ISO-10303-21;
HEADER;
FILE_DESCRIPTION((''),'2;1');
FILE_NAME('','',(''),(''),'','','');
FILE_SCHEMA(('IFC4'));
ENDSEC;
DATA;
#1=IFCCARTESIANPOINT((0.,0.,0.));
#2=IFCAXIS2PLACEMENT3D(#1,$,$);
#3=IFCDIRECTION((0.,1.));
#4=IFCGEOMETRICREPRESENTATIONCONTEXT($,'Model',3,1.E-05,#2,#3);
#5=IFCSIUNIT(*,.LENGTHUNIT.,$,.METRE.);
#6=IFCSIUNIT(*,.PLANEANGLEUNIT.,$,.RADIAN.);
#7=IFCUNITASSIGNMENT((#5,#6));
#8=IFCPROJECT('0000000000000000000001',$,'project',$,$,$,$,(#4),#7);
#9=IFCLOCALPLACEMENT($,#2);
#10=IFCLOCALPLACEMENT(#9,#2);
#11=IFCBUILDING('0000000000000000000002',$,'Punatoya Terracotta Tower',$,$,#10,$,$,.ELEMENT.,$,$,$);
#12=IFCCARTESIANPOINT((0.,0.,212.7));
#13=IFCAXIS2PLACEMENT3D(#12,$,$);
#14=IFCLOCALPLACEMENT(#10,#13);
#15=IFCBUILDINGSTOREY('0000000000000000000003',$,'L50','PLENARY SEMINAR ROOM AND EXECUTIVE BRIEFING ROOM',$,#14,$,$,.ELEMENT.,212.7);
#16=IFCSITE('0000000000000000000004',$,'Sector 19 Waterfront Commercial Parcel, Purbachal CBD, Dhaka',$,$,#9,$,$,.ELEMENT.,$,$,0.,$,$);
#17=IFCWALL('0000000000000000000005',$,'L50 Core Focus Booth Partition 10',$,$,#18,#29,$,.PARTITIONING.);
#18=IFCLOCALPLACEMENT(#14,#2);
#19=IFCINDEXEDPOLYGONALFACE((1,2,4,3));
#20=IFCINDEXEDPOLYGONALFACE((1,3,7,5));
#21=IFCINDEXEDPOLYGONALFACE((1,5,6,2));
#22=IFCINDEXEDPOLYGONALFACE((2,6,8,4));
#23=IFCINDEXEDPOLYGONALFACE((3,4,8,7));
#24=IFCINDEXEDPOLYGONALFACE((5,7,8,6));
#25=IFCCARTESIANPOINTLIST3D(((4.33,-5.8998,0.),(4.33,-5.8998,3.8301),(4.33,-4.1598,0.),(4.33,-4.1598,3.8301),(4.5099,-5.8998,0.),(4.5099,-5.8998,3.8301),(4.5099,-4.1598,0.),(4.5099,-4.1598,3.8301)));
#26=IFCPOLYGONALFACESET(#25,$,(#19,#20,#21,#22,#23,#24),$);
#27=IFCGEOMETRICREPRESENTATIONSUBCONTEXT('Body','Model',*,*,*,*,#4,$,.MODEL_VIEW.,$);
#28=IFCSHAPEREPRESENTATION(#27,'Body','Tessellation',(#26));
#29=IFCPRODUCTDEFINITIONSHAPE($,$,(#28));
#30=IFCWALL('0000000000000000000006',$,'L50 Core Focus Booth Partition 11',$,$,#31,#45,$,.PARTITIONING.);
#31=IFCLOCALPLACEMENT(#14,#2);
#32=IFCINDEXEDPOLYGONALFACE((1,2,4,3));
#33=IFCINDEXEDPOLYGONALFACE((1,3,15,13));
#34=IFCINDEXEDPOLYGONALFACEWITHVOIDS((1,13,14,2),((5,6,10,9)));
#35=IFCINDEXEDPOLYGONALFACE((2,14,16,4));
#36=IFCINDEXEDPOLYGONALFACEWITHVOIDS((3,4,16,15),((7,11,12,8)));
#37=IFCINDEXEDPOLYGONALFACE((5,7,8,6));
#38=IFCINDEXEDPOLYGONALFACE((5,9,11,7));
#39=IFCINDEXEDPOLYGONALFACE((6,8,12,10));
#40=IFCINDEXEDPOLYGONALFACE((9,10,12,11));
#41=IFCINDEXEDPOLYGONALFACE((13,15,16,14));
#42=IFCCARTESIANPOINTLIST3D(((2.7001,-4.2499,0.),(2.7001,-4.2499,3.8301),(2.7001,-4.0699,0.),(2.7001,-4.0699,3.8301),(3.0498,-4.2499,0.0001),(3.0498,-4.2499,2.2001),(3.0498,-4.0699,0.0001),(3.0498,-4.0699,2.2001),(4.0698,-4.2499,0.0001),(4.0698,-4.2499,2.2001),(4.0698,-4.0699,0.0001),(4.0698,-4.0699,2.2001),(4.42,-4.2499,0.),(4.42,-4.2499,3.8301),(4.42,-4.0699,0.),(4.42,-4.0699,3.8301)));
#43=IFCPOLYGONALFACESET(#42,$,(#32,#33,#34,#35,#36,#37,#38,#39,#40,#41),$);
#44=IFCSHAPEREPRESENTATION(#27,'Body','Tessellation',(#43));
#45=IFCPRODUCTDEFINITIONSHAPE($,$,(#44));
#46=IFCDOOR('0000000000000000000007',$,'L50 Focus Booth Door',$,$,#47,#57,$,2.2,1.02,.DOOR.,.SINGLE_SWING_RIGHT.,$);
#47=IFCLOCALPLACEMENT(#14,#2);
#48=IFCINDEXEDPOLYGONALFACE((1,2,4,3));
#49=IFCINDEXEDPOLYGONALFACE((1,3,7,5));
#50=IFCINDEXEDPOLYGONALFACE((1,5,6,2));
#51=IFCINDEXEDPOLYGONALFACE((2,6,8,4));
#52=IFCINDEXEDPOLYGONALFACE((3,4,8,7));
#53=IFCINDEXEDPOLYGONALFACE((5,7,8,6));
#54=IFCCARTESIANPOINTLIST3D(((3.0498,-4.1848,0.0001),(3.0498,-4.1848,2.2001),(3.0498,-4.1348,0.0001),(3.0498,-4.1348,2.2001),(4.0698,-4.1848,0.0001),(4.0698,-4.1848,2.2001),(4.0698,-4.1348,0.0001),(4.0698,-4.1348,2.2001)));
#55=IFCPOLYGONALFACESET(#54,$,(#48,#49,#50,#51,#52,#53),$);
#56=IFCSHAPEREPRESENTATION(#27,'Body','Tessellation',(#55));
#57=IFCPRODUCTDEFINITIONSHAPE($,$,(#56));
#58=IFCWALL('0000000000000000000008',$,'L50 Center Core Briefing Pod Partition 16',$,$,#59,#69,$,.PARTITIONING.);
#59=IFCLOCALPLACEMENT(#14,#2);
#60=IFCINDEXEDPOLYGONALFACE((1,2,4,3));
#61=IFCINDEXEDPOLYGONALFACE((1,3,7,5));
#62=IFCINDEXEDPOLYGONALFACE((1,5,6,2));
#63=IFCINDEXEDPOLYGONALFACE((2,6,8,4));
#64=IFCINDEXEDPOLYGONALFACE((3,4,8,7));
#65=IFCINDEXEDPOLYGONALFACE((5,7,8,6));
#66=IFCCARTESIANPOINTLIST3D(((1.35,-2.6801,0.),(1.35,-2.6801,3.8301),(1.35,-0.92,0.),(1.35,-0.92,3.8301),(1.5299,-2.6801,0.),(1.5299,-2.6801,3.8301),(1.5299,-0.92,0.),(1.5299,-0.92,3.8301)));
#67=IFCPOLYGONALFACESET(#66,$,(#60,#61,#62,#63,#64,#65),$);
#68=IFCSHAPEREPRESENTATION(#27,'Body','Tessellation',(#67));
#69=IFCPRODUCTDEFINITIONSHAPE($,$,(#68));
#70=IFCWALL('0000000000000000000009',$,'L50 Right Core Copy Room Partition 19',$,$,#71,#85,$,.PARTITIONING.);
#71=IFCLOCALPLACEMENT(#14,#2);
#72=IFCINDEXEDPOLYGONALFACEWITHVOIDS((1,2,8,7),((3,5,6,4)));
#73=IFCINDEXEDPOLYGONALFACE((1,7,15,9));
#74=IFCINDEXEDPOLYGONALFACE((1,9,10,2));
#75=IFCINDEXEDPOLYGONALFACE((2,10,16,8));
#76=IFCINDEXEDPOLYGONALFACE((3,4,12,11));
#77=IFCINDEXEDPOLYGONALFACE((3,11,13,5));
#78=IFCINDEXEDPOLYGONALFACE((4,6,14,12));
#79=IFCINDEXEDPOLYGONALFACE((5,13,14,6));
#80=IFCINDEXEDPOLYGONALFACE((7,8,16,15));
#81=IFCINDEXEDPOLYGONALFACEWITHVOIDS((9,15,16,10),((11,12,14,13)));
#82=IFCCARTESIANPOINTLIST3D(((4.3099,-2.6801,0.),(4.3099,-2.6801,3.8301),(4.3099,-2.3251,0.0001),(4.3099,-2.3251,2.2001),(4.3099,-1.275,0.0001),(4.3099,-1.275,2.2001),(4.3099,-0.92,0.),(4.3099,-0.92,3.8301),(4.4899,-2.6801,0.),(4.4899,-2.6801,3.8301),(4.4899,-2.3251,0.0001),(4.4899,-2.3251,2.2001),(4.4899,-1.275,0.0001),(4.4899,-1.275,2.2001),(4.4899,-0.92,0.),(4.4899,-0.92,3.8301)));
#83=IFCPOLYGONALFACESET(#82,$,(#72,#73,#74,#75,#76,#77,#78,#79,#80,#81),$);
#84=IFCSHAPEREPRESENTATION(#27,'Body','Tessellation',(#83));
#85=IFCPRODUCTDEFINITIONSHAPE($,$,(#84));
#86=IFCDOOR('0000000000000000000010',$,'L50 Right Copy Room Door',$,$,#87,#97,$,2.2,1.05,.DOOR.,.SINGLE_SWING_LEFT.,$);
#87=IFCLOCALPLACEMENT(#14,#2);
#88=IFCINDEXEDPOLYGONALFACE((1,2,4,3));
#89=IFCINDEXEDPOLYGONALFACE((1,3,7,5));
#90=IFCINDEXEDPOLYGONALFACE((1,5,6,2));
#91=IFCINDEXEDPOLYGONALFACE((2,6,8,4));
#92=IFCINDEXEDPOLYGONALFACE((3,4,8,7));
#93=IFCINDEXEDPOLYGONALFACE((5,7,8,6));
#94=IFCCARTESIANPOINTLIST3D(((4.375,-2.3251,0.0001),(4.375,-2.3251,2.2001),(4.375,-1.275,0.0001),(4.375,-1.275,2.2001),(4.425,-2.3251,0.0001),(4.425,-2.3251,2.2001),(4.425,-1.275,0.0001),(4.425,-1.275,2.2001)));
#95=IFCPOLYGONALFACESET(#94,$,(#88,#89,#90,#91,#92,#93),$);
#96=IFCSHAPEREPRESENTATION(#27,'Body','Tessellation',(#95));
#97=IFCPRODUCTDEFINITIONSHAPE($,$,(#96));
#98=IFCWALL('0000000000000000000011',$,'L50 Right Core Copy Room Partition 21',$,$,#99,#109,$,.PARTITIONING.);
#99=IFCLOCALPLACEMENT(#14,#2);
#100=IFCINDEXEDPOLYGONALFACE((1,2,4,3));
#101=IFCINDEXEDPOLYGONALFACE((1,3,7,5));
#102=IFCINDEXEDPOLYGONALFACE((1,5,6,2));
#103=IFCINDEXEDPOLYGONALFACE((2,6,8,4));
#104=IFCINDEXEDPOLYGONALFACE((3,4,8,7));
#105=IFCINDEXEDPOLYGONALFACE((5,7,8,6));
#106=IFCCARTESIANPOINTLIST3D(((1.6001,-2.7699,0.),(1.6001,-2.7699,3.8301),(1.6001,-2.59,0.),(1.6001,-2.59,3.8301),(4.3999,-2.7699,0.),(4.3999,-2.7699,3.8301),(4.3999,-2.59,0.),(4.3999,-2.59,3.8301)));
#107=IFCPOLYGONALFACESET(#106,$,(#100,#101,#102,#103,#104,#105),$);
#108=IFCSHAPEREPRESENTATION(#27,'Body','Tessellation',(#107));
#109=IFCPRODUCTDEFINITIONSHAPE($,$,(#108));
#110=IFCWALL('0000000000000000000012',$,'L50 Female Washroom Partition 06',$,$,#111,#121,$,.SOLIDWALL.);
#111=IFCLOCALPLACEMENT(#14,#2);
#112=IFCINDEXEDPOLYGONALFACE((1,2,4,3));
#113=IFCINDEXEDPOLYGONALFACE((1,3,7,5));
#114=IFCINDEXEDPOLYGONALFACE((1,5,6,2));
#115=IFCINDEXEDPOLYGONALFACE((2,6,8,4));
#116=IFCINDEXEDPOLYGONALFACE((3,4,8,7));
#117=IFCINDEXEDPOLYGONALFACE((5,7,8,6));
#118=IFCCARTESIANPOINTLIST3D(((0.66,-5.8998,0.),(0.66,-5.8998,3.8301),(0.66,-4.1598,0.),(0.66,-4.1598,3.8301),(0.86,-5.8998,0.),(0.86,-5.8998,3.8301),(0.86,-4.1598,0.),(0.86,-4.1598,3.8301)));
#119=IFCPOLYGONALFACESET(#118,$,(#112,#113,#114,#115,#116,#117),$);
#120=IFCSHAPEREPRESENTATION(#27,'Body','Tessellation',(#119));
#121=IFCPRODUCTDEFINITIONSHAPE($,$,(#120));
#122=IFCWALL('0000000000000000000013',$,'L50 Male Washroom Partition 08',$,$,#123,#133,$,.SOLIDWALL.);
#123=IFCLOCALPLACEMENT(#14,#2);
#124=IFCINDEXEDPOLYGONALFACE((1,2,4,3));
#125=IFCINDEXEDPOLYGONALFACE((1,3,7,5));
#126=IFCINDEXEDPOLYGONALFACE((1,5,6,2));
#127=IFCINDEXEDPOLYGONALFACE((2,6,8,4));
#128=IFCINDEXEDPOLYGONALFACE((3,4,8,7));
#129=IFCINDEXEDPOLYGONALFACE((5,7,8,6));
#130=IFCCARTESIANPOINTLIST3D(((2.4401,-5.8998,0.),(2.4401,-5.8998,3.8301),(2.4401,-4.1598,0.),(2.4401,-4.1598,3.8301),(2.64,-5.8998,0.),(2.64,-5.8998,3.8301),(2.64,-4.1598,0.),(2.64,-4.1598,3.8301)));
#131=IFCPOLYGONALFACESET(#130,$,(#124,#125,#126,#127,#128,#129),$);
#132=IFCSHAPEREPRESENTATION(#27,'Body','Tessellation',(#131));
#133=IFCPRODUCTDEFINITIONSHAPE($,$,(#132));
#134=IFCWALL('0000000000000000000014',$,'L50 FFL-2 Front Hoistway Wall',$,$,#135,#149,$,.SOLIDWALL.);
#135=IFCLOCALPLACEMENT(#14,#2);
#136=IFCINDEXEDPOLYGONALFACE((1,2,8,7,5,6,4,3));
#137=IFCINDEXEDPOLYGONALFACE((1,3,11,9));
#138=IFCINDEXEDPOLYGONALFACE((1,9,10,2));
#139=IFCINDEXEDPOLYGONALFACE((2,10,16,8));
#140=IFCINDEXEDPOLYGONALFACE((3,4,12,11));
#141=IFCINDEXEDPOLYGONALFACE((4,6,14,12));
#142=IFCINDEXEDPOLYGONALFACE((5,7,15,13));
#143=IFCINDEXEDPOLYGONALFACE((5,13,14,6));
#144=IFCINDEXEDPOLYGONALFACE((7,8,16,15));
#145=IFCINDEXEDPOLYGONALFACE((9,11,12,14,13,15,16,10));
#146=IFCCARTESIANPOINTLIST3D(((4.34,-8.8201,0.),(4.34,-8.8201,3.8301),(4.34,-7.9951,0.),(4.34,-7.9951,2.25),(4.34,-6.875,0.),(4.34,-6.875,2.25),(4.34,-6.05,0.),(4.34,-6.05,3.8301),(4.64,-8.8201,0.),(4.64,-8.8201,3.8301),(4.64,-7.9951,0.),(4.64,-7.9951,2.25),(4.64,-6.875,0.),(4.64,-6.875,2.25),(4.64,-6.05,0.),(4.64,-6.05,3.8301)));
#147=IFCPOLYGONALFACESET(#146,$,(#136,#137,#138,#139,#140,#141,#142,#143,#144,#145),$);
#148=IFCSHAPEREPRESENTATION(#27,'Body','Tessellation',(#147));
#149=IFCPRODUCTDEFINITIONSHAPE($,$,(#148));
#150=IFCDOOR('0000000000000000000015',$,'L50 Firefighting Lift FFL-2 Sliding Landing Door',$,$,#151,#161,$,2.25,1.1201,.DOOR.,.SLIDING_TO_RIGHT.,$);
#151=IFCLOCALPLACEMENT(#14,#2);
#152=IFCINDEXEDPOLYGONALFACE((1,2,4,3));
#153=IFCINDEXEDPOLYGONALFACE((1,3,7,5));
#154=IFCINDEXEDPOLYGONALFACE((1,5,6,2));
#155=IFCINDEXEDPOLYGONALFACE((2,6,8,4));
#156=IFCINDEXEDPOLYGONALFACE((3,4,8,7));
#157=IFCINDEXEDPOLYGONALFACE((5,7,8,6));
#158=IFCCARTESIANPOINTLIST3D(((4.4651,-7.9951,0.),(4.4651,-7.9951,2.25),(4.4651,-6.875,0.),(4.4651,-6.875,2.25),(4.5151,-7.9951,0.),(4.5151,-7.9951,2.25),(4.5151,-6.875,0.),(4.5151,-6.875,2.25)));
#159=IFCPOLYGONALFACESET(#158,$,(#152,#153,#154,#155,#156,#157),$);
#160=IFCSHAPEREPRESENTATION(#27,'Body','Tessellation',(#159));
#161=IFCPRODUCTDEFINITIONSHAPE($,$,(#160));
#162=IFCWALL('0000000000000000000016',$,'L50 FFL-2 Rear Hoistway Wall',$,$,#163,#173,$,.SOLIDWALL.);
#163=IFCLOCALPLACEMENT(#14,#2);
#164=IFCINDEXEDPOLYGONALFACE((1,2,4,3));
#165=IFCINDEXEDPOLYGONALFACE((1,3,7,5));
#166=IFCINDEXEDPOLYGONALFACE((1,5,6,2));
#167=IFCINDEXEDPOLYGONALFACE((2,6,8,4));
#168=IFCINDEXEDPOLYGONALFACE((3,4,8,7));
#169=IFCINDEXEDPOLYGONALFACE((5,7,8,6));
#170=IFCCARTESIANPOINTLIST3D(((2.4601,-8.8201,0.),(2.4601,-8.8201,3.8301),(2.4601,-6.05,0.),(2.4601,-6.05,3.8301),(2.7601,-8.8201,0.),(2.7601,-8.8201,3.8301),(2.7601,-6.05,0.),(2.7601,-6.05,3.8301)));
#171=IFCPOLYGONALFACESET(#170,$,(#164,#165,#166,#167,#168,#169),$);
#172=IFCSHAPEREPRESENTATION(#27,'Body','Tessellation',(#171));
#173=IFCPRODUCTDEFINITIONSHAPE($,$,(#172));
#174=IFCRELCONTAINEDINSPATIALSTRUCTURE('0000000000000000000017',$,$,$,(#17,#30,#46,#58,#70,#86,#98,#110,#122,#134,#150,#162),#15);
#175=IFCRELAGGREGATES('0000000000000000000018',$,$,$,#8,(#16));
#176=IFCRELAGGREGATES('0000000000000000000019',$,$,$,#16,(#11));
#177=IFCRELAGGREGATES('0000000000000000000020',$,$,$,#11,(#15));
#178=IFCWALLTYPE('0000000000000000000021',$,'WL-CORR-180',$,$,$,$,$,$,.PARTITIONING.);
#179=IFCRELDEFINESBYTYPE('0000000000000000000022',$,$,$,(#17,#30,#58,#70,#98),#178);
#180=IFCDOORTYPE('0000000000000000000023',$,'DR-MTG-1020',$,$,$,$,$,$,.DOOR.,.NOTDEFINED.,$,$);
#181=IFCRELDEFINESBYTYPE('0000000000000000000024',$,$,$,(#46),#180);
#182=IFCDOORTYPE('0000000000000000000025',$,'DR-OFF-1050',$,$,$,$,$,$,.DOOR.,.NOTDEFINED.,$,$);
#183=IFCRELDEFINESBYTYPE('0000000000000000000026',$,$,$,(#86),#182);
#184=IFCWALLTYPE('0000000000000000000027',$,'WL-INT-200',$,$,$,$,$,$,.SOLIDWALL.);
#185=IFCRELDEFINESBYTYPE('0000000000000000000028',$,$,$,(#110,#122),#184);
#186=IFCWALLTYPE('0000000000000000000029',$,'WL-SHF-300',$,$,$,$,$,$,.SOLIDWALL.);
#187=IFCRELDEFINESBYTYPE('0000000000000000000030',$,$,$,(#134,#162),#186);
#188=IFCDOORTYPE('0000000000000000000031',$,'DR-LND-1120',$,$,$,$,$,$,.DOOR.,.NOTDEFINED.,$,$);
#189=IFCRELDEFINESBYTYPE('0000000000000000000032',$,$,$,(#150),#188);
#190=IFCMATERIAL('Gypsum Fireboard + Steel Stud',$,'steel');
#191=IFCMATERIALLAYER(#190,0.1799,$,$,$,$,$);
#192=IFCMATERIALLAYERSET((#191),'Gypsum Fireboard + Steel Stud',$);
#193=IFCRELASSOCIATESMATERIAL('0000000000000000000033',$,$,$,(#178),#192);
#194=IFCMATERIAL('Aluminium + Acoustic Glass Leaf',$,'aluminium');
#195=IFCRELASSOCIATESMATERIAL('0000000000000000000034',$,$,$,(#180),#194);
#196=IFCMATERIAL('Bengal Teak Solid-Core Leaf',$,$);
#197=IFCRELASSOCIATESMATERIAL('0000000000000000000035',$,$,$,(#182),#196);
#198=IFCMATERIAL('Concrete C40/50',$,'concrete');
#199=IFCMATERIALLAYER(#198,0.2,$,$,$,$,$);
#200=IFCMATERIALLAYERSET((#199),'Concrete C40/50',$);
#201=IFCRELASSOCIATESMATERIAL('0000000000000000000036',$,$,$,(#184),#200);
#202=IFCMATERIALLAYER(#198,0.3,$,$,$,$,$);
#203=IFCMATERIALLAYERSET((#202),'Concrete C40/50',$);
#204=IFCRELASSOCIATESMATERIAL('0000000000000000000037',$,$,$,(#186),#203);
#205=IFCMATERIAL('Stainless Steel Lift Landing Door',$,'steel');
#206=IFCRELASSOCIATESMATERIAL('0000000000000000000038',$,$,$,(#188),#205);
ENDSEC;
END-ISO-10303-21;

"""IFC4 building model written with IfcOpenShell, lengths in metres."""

from ifc_helpers import new_model, si_unit, direction, frame, frame_2d, origin, place, context, subcontext, project, spatial, rectangle, extrude, material, layer, layer_set, type_object, element, fill, save


model = new_model("IFC4")

# Units and contexts
model_context = context("Model", 3, precision=1e-05, world=origin(), true_north=direction((0.0, 1.0)))
body_context = subcontext(model_context, "Body", "Model", "MODEL_VIEW")
ifc_project = project(units=[si_unit("LENGTHUNIT", "METRE"), si_unit("PLANEANGLEUNIT", "RADIAN")], contexts=[model_context])

# Site, building, storey
site_placement = place(None, origin())
site = spatial("IfcSite", under=ifc_project, at=site_placement, Name="Sector 19 Waterfront Commercial Parcel, Purbachal CBD, Dhaka", CompositionType="ELEMENT", RefElevation=0.0)
building_placement = place(site_placement, origin())
building = spatial("IfcBuilding", under=site, at=building_placement, Name="Punatoya Terracotta Tower", CompositionType="ELEMENT")
storey_placement = place(building_placement, frame((0.0, 0.0, 212.7)))
storey = spatial("IfcBuildingStorey", under=building, at=storey_placement, Name="L50", Description="PLENARY SEMINAR ROOM AND EXECUTIVE BRIEFING ROOM", CompositionType="ELEMENT", Elevation=212.7)

# Wall
ifc_material_1 = material(Name="Gypsum Fireboard + Steel Stud", Category="steel")
ifc_layer_1 = layer(ifc_material_1, 0.1799)
ifc_layer_set_1 = layer_set([ifc_layer_1], Name="Gypsum Fireboard + Steel Stud")
wall_type_1 = type_object("IfcWallType", Name="WL-CORR-180", PredefinedType="PARTITIONING", material=ifc_layer_set_1)
wall_1_placement = place(storey_placement, frame((4.4199, -5.8999, 0.0), z_axis=(0.0, 0.0, 1.0), x_axis=(0.0, 1.0, 0.0)))
element("IfcWall", 1, at=wall_1_placement, inside=storey, type_object=wall_type_1, Name="L50 Core Focus Booth Partition 10", PredefinedType="PARTITIONING", context=body_context, shape_type="SweptSolid", body=[
    extrude(rectangle(XDim=1.74, YDim=0.1799, at=frame_2d((0.8701, 0.0))), origin(), (0.0, 0.0, 1.0), 3.8301),
])

# Wall, opening, door
wall_2_placement = place(storey_placement, frame((4.4199, -4.1599, 0.0), z_axis=(0.0, 0.0, 1.0), x_axis=(-1.0, 0.0, 0.0)))
wall_2 = element("IfcWall", 2, at=wall_2_placement, inside=storey, type_object=wall_type_1, Name="L50 Core Focus Booth Partition 11", PredefinedType="PARTITIONING", context=body_context, shape_type="SweptSolid", body=[
    extrude(rectangle(XDim=1.72, YDim=0.1799, at=frame_2d((0.8599, 0.0))), origin(), (0.0, 0.0, 1.0), 3.8301),
])
opening_1_placement = place(wall_2_placement, frame((0.3501, 0.0, 0.0)))
opening_1 = element("IfcOpeningElement", 3, at=opening_1_placement, cuts=wall_2, PredefinedType="OPENING", context=body_context, shape_type="SweptSolid", body=[
    extrude(rectangle(XDim=1.02, YDim=2.2, at=frame_2d((0.51, 1.1001))), frame((0.0, 0.0999, 0.0), z_axis=(0.0, -1.0, 0.0), x_axis=(1.0, 0.0, 0.0)), (0.0, 0.0, 1.0), 0.2),
])
ifc_material_2 = material(Name="Aluminium + Acoustic Glass Leaf", Category="aluminium")
door_type_1 = type_object("IfcDoorType", Name="DR-MTG-1020", OperationType="NOTDEFINED", PredefinedType="DOOR", material=ifc_material_2)
door_1_placement = place(opening_1_placement, origin())
door_1 = element("IfcDoor", 4, at=door_1_placement, inside=storey, type_object=door_type_1, Name="L50 Focus Booth Door", OperationType="SINGLE_SWING_RIGHT", OverallHeight=2.2, OverallWidth=1.02, PredefinedType="DOOR", context=body_context, shape_type="SweptSolid", body=[
    extrude(rectangle(XDim=1.02, YDim=2.2, at=frame_2d((0.51, 1.1001))), frame((0.0, 0.0249, 0.0), z_axis=(0.0, -1.0, 0.0), x_axis=(1.0, 0.0, 0.0)), (0.0, 0.0, 1.0), 0.05),
])
fill(opening_1, door_1)

# Wall
wall_3_placement = place(storey_placement, frame((1.4399, -2.6799, 0.0), z_axis=(0.0, 0.0, 1.0), x_axis=(0.0, 1.0, 0.0)))
element("IfcWall", 5, at=wall_3_placement, inside=storey, type_object=wall_type_1, Name="L50 Center Core Briefing Pod Partition 16", PredefinedType="PARTITIONING", context=body_context, shape_type="SweptSolid", body=[
    extrude(rectangle(XDim=1.76, YDim=0.1799, at=frame_2d((0.8799, 0.0))), origin(), (0.0, 0.0, 1.0), 3.8301),
])

# Wall, opening, door
wall_4_placement = place(storey_placement, frame((4.3999, -2.6799, 0.0), z_axis=(0.0, 0.0, 1.0), x_axis=(0.0, 1.0, 0.0)))
wall_4 = element("IfcWall", 6, at=wall_4_placement, inside=storey, type_object=wall_type_1, Name="L50 Right Core Copy Room Partition 19", PredefinedType="PARTITIONING", context=body_context, shape_type="SweptSolid", body=[
    extrude(rectangle(XDim=1.76, YDim=0.1799, at=frame_2d((0.8799, 0.0))), origin(), (0.0, 0.0, 1.0), 3.8301),
])
opening_2_placement = place(wall_4_placement, frame((0.355, 0.0, 0.0)))
opening_2 = element("IfcOpeningElement", 7, at=opening_2_placement, cuts=wall_4, PredefinedType="OPENING", context=body_context, shape_type="SweptSolid", body=[
    extrude(rectangle(XDim=1.05, YDim=2.2, at=frame_2d((0.5249, 1.1001))), frame((0.0, 0.0999, 0.0), z_axis=(0.0, -1.0, 0.0), x_axis=(1.0, 0.0, 0.0)), (0.0, 0.0, 1.0), 0.2),
])
ifc_material_3 = material(Name="Bengal Teak Solid-Core Leaf")
door_type_2 = type_object("IfcDoorType", Name="DR-OFF-1050", OperationType="NOTDEFINED", PredefinedType="DOOR", material=ifc_material_3)
door_2_placement = place(opening_2_placement, origin())
door_2 = element("IfcDoor", 8, at=door_2_placement, inside=storey, type_object=door_type_2, Name="L50 Right Copy Room Door", OperationType="SINGLE_SWING_LEFT", OverallHeight=2.2, OverallWidth=1.05, PredefinedType="DOOR", context=body_context, shape_type="SweptSolid", body=[
    extrude(rectangle(XDim=1.05, YDim=2.2, at=frame_2d((0.5249, 1.1001))), frame((0.0, 0.0249, 0.0), z_axis=(0.0, -1.0, 0.0), x_axis=(1.0, 0.0, 0.0)), (0.0, 0.0, 1.0), 0.05),
])
fill(opening_2, door_2)

# Walls
wall_5_placement = place(storey_placement, frame((1.6001, -2.6799, 0.0), z_axis=(0.0, 0.0, 1.0), x_axis=(1.0, 0.0, 0.0)))
element("IfcWall", 9, at=wall_5_placement, inside=storey, type_object=wall_type_1, Name="L50 Right Core Copy Room Partition 21", PredefinedType="PARTITIONING", context=body_context, shape_type="SweptSolid", body=[
    extrude(rectangle(XDim=2.7998, YDim=0.1799, at=frame_2d((1.3999, 0.0))), origin(), (0.0, 0.0, 1.0), 3.8301),
])
ifc_material_4 = material(Name="Concrete C40/50", Category="concrete")
ifc_layer_2 = layer(ifc_material_4, 0.2)
ifc_layer_set_2 = layer_set([ifc_layer_2], Name="Concrete C40/50")
wall_type_2 = type_object("IfcWallType", Name="WL-INT-200", PredefinedType="SOLIDWALL", material=ifc_layer_set_2)
wall_6_placement = place(storey_placement, frame((0.76, -5.8999, 0.0), z_axis=(0.0, 0.0, 1.0), x_axis=(0.0, 1.0, 0.0)))
element("IfcWall", 10, at=wall_6_placement, inside=storey, type_object=wall_type_2, Name="L50 Female Washroom Partition 06", PredefinedType="SOLIDWALL", context=body_context, shape_type="SweptSolid", body=[
    extrude(rectangle(XDim=1.74, YDim=0.2, at=frame_2d((0.8701, 0.0))), origin(), (0.0, 0.0, 1.0), 3.8301),
])

# Wall
wall_7_placement = place(storey_placement, frame((2.54, -5.8999, 0.0), z_axis=(0.0, 0.0, 1.0), x_axis=(0.0, 1.0, 0.0)))
element("IfcWall", 11, at=wall_7_placement, inside=storey, type_object=wall_type_2, Name="L50 Male Washroom Partition 08", PredefinedType="SOLIDWALL", context=body_context, shape_type="SweptSolid", body=[
    extrude(rectangle(XDim=1.74, YDim=0.2, at=frame_2d((0.8701, 0.0))), origin(), (0.0, 0.0, 1.0), 3.8301),
])

# Wall, opening, door
ifc_layer_3 = layer(ifc_material_4, 0.3)
ifc_layer_set_3 = layer_set([ifc_layer_3], Name="Concrete C40/50")
wall_type_3 = type_object("IfcWallType", Name="WL-SHF-300", PredefinedType="SOLIDWALL", material=ifc_layer_set_3)
wall_8_placement = place(storey_placement, frame((4.49, -8.8201, 0.0), z_axis=(0.0, 0.0, 1.0), x_axis=(0.0, 1.0, 0.0)))
wall_8 = element("IfcWall", 12, at=wall_8_placement, inside=storey, type_object=wall_type_3, Name="L50 FFL-2 Front Hoistway Wall", PredefinedType="SOLIDWALL", context=body_context, shape_type="SweptSolid", body=[
    extrude(rectangle(XDim=2.77, YDim=0.3, at=frame_2d((1.385, 0.0))), origin(), (0.0, 0.0, 1.0), 3.8301),
])
opening_3_placement = place(wall_8_placement, frame((0.825, 0.0, 0.0)))
opening_3 = element("IfcOpeningElement", 13, at=opening_3_placement, cuts=wall_8, PredefinedType="OPENING", context=body_context, shape_type="SweptSolid", body=[
    extrude(rectangle(XDim=1.1201, YDim=2.25, at=frame_2d((0.5601, 1.125))), frame((0.0, 0.1599, 0.0), z_axis=(0.0, -1.0, 0.0), x_axis=(1.0, 0.0, 0.0)), (0.0, 0.0, 1.0), 0.3201),
])
ifc_material_5 = material(Name="Stainless Steel Lift Landing Door", Category="steel")
door_type_3 = type_object("IfcDoorType", Name="DR-LND-1120", OperationType="NOTDEFINED", PredefinedType="DOOR", material=ifc_material_5)
door_3_placement = place(opening_3_placement, origin())
door_3 = element("IfcDoor", 14, at=door_3_placement, inside=storey, type_object=door_type_3, Name="L50 Firefighting Lift FFL-2 Sliding Landing Door", OperationType="SLIDING_TO_RIGHT", OverallHeight=2.25, OverallWidth=1.1201, PredefinedType="DOOR", context=body_context, shape_type="SweptSolid", body=[
    extrude(rectangle(XDim=1.1201, YDim=2.25, at=frame_2d((0.5601, 1.125))), frame((0.0, 0.0249, 0.0), z_axis=(0.0, -1.0, 0.0), x_axis=(1.0, 0.0, 0.0)), (0.0, 0.0, 1.0), 0.05),
])
fill(opening_3, door_3)

# Wall
wall_9_placement = place(storey_placement, frame((2.6101, -8.8201, 0.0), z_axis=(0.0, 0.0, 1.0), x_axis=(0.0, 1.0, 0.0)))
element("IfcWall", 15, at=wall_9_placement, inside=storey, type_object=wall_type_3, Name="L50 FFL-2 Rear Hoistway Wall", PredefinedType="SOLIDWALL", context=body_context, shape_type="SweptSolid", body=[
    extrude(rectangle(XDim=2.77, YDim=0.3, at=frame_2d((1.385, 0.0))), origin(), (0.0, 0.0, 1.0), 3.8301),
])

save(model, "model.ifc")
